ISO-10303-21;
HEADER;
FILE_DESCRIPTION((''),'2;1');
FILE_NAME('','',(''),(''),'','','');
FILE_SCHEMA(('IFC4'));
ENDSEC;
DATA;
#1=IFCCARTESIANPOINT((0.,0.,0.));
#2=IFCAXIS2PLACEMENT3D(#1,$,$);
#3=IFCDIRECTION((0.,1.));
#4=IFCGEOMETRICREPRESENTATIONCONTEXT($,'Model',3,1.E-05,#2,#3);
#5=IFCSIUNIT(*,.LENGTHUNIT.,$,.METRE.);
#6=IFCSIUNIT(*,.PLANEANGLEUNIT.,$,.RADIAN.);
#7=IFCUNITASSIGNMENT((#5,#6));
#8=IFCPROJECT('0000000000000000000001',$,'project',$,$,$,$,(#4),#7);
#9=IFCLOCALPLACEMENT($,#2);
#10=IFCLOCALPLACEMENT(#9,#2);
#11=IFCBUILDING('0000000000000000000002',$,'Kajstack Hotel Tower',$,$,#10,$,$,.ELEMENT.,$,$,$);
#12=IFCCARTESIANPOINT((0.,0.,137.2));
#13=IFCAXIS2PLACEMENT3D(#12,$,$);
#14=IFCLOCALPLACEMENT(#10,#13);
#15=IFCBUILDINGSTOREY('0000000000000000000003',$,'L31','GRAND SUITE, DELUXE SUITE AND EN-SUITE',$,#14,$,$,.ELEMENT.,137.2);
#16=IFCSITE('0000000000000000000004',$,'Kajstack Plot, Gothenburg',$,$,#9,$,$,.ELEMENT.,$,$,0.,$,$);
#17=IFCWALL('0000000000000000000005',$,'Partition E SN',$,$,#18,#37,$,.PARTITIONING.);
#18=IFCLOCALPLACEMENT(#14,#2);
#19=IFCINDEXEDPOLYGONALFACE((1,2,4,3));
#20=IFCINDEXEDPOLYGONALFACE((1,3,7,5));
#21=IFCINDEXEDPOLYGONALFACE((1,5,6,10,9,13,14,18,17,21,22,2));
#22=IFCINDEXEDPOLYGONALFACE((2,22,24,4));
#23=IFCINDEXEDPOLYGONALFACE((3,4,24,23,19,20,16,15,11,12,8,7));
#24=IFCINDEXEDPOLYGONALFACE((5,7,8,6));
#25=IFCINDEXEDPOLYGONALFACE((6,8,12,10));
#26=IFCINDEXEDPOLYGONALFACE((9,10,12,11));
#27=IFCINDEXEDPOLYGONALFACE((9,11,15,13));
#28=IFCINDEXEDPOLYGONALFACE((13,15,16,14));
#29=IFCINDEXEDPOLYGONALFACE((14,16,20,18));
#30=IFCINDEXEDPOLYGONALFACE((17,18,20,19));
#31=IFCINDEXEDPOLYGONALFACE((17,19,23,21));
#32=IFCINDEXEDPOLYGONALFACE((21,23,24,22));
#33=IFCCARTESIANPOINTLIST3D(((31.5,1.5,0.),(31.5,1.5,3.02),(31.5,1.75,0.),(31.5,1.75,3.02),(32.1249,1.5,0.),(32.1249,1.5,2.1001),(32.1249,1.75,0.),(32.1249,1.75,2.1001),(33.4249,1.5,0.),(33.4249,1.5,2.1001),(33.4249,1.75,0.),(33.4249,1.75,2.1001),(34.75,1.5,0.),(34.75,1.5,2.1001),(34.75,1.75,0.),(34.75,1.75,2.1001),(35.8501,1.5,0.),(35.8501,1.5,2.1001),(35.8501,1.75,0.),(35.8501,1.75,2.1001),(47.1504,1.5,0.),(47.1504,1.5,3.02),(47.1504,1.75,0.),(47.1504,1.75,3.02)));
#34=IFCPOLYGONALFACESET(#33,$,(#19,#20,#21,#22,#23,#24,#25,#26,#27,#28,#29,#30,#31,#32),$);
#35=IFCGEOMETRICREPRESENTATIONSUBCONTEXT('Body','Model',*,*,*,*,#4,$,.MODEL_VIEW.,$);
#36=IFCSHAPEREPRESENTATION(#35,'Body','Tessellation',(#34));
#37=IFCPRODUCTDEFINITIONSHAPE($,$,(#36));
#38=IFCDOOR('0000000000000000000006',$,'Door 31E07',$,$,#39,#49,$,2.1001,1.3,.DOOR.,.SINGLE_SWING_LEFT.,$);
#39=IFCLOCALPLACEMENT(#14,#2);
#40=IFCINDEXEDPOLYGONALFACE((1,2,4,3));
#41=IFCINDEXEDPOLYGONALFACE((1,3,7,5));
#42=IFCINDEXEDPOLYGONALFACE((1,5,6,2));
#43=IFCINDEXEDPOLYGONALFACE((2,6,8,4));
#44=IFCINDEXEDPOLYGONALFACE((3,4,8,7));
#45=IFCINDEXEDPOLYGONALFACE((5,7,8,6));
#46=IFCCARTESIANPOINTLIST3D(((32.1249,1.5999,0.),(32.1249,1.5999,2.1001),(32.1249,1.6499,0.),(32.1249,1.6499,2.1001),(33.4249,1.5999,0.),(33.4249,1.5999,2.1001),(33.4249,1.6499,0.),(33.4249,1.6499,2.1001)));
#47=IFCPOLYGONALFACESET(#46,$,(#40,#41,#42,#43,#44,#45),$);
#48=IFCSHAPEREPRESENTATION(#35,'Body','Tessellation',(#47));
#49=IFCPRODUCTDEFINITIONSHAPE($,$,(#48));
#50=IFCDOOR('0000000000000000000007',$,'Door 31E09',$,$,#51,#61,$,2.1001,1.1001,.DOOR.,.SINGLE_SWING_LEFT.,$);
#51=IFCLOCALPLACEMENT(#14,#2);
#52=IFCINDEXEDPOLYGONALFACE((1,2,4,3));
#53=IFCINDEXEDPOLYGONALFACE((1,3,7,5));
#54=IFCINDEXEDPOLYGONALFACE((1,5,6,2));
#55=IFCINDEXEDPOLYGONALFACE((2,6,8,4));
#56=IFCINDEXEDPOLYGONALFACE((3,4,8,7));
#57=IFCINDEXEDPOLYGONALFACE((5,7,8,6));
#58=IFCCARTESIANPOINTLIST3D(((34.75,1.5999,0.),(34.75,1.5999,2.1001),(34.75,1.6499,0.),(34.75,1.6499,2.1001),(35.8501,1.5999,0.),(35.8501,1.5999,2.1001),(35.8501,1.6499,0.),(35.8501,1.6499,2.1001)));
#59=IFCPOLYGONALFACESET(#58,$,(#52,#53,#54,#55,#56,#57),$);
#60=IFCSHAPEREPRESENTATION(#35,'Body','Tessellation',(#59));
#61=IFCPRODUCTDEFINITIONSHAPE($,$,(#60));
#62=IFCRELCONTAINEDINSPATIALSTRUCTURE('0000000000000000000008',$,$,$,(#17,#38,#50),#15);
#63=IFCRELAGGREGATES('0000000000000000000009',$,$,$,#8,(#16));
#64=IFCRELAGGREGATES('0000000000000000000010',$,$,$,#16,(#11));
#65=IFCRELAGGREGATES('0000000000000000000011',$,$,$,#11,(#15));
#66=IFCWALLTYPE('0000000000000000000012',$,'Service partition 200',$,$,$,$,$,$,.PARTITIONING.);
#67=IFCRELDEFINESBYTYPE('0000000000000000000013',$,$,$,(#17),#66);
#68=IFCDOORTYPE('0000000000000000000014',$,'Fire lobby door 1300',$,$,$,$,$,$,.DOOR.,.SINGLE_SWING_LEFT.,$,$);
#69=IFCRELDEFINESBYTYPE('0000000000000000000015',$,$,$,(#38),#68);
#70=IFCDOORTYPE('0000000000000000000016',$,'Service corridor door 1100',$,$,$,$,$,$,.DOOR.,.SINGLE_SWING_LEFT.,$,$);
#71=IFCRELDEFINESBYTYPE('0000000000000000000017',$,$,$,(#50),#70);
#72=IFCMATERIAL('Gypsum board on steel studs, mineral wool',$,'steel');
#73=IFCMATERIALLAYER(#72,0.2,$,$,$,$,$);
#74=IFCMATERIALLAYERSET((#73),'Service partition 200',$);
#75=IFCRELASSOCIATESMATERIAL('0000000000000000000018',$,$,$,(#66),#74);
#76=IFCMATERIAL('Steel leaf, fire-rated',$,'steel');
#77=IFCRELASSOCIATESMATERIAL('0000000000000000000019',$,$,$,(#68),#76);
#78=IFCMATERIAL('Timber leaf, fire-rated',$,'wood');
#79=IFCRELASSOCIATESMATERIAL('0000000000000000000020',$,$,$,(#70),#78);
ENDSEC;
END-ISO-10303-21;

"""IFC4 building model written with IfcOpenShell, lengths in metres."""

from ifc_helpers import new_model, si_unit, direction, frame, frame_2d, origin, place, context, subcontext, project, spatial, rectangle, extrude, material, layer, layer_set, type_object, element, fill, save


model = new_model("IFC4")

# Units and contexts
model_context = context("Model", 3, precision=1e-05, world=origin(), true_north=direction((0.0, 1.0)))
body_context = subcontext(model_context, "Body", "Model", "MODEL_VIEW")
ifc_project = project(units=[si_unit("LENGTHUNIT", "METRE"), si_unit("PLANEANGLEUNIT", "RADIAN")], contexts=[model_context])

# Site, building, storey
site_placement = place(None, origin())
site = spatial("IfcSite", under=ifc_project, at=site_placement, Name="Kajstack Plot, Gothenburg", CompositionType="ELEMENT", RefElevation=0.0)
building_placement = place(site_placement, origin())
building = spatial("IfcBuilding", under=site, at=building_placement, Name="Kajstack Hotel Tower", CompositionType="ELEMENT")
storey_placement = place(building_placement, frame((0.0, 0.0, 137.2)))
storey = spatial("IfcBuildingStorey", under=building, at=storey_placement, Name="L31", Description="GRAND SUITE, DELUXE SUITE AND EN-SUITE", CompositionType="ELEMENT", Elevation=137.2)

# Wall, openings, doors
ifc_material_1 = material(Name="Gypsum board on steel studs, mineral wool", Category="steel")
ifc_layer_1 = layer(ifc_material_1, 0.2)
ifc_layer_set_1 = layer_set([ifc_layer_1], Name="Service partition 200")
wall_type_1 = type_object("IfcWallType", Name="Service partition 200", PredefinedType="PARTITIONING", material=ifc_layer_set_1)
wall_1_placement = place(storey_placement, frame((31.5, 1.625, 0.0), z_axis=(0.0, 0.0, 1.0), x_axis=(1.0, 0.0, 0.0)))
wall_1 = element("IfcWall", 1, at=wall_1_placement, inside=storey, type_object=wall_type_1, Name="Partition E SN", PredefinedType="PARTITIONING", context=body_context, shape_type="SweptSolid", body=[
    extrude(rectangle(XDim=15.6504, YDim=0.25, at=frame_2d((7.8252, 0.0))), origin(), (0.0, 0.0, 1.0), 3.02),
])
opening_1_placement = place(wall_1_placement, frame((0.625, 0.0, 0.0)))
opening_1 = element("IfcOpeningElement", 2, at=opening_1_placement, cuts=wall_1, PredefinedType="OPENING", context=body_context, shape_type="SweptSolid", body=[
    extrude(rectangle(XDim=1.3, YDim=2.1001, at=frame_2d((0.6499, 1.05))), frame((0.0, 0.135, 0.0), z_axis=(0.0, -1.0, 0.0), x_axis=(1.0, 0.0, 0.0)), (0.0, 0.0, 1.0), 0.27),
])
opening_2_placement = place(wall_1_placement, frame((3.25, 0.0, 0.0)))
opening_2 = element("IfcOpeningElement", 3, at=opening_2_placement, cuts=wall_1, PredefinedType="OPENING", context=body_context, shape_type="SweptSolid", body=[
    extrude(rectangle(XDim=1.1001, YDim=2.1001, at=frame_2d((0.55, 1.05))), frame((0.0, 0.135, 0.0), z_axis=(0.0, -1.0, 0.0), x_axis=(1.0, 0.0, 0.0)), (0.0, 0.0, 1.0), 0.27),
])
ifc_material_2 = material(Name="Steel leaf, fire-rated", Category="steel")
door_type_1 = type_object("IfcDoorType", Name="Fire lobby door 1300", OperationType="SINGLE_SWING_LEFT", PredefinedType="DOOR", material=ifc_material_2)
door_1_placement = place(opening_1_placement, origin())
door_1 = element("IfcDoor", 4, at=door_1_placement, inside=storey, type_object=door_type_1, Name="Door 31E07", OperationType="SINGLE_SWING_LEFT", OverallHeight=2.1001, OverallWidth=1.3, PredefinedType="DOOR", context=body_context, shape_type="SweptSolid", body=[
    extrude(rectangle(XDim=1.3, YDim=2.1001, at=frame_2d((0.6499, 1.05))), frame((0.0, 0.0249, 0.0), z_axis=(0.0, -1.0, 0.0), x_axis=(1.0, 0.0, 0.0)), (0.0, 0.0, 1.0), 0.05),
])
fill(opening_1, door_1)
ifc_material_3 = material(Name="Timber leaf, fire-rated", Category="wood")
door_type_2 = type_object("IfcDoorType", Name="Service corridor door 1100", OperationType="SINGLE_SWING_LEFT", PredefinedType="DOOR", material=ifc_material_3)
door_2_placement = place(opening_2_placement, origin())
door_2 = element("IfcDoor", 5, at=door_2_placement, inside=storey, type_object=door_type_2, Name="Door 31E09", OperationType="SINGLE_SWING_LEFT", OverallHeight=2.1001, OverallWidth=1.1001, PredefinedType="DOOR", context=body_context, shape_type="SweptSolid", body=[
    extrude(rectangle(XDim=1.1001, YDim=2.1001, at=frame_2d((0.55, 1.05))), frame((0.0, 0.0249, 0.0), z_axis=(0.0, -1.0, 0.0), x_axis=(1.0, 0.0, 0.0)), (0.0, 0.0, 1.0), 0.05),
])
fill(opening_2, door_2)

save(model, "model.ifc")
